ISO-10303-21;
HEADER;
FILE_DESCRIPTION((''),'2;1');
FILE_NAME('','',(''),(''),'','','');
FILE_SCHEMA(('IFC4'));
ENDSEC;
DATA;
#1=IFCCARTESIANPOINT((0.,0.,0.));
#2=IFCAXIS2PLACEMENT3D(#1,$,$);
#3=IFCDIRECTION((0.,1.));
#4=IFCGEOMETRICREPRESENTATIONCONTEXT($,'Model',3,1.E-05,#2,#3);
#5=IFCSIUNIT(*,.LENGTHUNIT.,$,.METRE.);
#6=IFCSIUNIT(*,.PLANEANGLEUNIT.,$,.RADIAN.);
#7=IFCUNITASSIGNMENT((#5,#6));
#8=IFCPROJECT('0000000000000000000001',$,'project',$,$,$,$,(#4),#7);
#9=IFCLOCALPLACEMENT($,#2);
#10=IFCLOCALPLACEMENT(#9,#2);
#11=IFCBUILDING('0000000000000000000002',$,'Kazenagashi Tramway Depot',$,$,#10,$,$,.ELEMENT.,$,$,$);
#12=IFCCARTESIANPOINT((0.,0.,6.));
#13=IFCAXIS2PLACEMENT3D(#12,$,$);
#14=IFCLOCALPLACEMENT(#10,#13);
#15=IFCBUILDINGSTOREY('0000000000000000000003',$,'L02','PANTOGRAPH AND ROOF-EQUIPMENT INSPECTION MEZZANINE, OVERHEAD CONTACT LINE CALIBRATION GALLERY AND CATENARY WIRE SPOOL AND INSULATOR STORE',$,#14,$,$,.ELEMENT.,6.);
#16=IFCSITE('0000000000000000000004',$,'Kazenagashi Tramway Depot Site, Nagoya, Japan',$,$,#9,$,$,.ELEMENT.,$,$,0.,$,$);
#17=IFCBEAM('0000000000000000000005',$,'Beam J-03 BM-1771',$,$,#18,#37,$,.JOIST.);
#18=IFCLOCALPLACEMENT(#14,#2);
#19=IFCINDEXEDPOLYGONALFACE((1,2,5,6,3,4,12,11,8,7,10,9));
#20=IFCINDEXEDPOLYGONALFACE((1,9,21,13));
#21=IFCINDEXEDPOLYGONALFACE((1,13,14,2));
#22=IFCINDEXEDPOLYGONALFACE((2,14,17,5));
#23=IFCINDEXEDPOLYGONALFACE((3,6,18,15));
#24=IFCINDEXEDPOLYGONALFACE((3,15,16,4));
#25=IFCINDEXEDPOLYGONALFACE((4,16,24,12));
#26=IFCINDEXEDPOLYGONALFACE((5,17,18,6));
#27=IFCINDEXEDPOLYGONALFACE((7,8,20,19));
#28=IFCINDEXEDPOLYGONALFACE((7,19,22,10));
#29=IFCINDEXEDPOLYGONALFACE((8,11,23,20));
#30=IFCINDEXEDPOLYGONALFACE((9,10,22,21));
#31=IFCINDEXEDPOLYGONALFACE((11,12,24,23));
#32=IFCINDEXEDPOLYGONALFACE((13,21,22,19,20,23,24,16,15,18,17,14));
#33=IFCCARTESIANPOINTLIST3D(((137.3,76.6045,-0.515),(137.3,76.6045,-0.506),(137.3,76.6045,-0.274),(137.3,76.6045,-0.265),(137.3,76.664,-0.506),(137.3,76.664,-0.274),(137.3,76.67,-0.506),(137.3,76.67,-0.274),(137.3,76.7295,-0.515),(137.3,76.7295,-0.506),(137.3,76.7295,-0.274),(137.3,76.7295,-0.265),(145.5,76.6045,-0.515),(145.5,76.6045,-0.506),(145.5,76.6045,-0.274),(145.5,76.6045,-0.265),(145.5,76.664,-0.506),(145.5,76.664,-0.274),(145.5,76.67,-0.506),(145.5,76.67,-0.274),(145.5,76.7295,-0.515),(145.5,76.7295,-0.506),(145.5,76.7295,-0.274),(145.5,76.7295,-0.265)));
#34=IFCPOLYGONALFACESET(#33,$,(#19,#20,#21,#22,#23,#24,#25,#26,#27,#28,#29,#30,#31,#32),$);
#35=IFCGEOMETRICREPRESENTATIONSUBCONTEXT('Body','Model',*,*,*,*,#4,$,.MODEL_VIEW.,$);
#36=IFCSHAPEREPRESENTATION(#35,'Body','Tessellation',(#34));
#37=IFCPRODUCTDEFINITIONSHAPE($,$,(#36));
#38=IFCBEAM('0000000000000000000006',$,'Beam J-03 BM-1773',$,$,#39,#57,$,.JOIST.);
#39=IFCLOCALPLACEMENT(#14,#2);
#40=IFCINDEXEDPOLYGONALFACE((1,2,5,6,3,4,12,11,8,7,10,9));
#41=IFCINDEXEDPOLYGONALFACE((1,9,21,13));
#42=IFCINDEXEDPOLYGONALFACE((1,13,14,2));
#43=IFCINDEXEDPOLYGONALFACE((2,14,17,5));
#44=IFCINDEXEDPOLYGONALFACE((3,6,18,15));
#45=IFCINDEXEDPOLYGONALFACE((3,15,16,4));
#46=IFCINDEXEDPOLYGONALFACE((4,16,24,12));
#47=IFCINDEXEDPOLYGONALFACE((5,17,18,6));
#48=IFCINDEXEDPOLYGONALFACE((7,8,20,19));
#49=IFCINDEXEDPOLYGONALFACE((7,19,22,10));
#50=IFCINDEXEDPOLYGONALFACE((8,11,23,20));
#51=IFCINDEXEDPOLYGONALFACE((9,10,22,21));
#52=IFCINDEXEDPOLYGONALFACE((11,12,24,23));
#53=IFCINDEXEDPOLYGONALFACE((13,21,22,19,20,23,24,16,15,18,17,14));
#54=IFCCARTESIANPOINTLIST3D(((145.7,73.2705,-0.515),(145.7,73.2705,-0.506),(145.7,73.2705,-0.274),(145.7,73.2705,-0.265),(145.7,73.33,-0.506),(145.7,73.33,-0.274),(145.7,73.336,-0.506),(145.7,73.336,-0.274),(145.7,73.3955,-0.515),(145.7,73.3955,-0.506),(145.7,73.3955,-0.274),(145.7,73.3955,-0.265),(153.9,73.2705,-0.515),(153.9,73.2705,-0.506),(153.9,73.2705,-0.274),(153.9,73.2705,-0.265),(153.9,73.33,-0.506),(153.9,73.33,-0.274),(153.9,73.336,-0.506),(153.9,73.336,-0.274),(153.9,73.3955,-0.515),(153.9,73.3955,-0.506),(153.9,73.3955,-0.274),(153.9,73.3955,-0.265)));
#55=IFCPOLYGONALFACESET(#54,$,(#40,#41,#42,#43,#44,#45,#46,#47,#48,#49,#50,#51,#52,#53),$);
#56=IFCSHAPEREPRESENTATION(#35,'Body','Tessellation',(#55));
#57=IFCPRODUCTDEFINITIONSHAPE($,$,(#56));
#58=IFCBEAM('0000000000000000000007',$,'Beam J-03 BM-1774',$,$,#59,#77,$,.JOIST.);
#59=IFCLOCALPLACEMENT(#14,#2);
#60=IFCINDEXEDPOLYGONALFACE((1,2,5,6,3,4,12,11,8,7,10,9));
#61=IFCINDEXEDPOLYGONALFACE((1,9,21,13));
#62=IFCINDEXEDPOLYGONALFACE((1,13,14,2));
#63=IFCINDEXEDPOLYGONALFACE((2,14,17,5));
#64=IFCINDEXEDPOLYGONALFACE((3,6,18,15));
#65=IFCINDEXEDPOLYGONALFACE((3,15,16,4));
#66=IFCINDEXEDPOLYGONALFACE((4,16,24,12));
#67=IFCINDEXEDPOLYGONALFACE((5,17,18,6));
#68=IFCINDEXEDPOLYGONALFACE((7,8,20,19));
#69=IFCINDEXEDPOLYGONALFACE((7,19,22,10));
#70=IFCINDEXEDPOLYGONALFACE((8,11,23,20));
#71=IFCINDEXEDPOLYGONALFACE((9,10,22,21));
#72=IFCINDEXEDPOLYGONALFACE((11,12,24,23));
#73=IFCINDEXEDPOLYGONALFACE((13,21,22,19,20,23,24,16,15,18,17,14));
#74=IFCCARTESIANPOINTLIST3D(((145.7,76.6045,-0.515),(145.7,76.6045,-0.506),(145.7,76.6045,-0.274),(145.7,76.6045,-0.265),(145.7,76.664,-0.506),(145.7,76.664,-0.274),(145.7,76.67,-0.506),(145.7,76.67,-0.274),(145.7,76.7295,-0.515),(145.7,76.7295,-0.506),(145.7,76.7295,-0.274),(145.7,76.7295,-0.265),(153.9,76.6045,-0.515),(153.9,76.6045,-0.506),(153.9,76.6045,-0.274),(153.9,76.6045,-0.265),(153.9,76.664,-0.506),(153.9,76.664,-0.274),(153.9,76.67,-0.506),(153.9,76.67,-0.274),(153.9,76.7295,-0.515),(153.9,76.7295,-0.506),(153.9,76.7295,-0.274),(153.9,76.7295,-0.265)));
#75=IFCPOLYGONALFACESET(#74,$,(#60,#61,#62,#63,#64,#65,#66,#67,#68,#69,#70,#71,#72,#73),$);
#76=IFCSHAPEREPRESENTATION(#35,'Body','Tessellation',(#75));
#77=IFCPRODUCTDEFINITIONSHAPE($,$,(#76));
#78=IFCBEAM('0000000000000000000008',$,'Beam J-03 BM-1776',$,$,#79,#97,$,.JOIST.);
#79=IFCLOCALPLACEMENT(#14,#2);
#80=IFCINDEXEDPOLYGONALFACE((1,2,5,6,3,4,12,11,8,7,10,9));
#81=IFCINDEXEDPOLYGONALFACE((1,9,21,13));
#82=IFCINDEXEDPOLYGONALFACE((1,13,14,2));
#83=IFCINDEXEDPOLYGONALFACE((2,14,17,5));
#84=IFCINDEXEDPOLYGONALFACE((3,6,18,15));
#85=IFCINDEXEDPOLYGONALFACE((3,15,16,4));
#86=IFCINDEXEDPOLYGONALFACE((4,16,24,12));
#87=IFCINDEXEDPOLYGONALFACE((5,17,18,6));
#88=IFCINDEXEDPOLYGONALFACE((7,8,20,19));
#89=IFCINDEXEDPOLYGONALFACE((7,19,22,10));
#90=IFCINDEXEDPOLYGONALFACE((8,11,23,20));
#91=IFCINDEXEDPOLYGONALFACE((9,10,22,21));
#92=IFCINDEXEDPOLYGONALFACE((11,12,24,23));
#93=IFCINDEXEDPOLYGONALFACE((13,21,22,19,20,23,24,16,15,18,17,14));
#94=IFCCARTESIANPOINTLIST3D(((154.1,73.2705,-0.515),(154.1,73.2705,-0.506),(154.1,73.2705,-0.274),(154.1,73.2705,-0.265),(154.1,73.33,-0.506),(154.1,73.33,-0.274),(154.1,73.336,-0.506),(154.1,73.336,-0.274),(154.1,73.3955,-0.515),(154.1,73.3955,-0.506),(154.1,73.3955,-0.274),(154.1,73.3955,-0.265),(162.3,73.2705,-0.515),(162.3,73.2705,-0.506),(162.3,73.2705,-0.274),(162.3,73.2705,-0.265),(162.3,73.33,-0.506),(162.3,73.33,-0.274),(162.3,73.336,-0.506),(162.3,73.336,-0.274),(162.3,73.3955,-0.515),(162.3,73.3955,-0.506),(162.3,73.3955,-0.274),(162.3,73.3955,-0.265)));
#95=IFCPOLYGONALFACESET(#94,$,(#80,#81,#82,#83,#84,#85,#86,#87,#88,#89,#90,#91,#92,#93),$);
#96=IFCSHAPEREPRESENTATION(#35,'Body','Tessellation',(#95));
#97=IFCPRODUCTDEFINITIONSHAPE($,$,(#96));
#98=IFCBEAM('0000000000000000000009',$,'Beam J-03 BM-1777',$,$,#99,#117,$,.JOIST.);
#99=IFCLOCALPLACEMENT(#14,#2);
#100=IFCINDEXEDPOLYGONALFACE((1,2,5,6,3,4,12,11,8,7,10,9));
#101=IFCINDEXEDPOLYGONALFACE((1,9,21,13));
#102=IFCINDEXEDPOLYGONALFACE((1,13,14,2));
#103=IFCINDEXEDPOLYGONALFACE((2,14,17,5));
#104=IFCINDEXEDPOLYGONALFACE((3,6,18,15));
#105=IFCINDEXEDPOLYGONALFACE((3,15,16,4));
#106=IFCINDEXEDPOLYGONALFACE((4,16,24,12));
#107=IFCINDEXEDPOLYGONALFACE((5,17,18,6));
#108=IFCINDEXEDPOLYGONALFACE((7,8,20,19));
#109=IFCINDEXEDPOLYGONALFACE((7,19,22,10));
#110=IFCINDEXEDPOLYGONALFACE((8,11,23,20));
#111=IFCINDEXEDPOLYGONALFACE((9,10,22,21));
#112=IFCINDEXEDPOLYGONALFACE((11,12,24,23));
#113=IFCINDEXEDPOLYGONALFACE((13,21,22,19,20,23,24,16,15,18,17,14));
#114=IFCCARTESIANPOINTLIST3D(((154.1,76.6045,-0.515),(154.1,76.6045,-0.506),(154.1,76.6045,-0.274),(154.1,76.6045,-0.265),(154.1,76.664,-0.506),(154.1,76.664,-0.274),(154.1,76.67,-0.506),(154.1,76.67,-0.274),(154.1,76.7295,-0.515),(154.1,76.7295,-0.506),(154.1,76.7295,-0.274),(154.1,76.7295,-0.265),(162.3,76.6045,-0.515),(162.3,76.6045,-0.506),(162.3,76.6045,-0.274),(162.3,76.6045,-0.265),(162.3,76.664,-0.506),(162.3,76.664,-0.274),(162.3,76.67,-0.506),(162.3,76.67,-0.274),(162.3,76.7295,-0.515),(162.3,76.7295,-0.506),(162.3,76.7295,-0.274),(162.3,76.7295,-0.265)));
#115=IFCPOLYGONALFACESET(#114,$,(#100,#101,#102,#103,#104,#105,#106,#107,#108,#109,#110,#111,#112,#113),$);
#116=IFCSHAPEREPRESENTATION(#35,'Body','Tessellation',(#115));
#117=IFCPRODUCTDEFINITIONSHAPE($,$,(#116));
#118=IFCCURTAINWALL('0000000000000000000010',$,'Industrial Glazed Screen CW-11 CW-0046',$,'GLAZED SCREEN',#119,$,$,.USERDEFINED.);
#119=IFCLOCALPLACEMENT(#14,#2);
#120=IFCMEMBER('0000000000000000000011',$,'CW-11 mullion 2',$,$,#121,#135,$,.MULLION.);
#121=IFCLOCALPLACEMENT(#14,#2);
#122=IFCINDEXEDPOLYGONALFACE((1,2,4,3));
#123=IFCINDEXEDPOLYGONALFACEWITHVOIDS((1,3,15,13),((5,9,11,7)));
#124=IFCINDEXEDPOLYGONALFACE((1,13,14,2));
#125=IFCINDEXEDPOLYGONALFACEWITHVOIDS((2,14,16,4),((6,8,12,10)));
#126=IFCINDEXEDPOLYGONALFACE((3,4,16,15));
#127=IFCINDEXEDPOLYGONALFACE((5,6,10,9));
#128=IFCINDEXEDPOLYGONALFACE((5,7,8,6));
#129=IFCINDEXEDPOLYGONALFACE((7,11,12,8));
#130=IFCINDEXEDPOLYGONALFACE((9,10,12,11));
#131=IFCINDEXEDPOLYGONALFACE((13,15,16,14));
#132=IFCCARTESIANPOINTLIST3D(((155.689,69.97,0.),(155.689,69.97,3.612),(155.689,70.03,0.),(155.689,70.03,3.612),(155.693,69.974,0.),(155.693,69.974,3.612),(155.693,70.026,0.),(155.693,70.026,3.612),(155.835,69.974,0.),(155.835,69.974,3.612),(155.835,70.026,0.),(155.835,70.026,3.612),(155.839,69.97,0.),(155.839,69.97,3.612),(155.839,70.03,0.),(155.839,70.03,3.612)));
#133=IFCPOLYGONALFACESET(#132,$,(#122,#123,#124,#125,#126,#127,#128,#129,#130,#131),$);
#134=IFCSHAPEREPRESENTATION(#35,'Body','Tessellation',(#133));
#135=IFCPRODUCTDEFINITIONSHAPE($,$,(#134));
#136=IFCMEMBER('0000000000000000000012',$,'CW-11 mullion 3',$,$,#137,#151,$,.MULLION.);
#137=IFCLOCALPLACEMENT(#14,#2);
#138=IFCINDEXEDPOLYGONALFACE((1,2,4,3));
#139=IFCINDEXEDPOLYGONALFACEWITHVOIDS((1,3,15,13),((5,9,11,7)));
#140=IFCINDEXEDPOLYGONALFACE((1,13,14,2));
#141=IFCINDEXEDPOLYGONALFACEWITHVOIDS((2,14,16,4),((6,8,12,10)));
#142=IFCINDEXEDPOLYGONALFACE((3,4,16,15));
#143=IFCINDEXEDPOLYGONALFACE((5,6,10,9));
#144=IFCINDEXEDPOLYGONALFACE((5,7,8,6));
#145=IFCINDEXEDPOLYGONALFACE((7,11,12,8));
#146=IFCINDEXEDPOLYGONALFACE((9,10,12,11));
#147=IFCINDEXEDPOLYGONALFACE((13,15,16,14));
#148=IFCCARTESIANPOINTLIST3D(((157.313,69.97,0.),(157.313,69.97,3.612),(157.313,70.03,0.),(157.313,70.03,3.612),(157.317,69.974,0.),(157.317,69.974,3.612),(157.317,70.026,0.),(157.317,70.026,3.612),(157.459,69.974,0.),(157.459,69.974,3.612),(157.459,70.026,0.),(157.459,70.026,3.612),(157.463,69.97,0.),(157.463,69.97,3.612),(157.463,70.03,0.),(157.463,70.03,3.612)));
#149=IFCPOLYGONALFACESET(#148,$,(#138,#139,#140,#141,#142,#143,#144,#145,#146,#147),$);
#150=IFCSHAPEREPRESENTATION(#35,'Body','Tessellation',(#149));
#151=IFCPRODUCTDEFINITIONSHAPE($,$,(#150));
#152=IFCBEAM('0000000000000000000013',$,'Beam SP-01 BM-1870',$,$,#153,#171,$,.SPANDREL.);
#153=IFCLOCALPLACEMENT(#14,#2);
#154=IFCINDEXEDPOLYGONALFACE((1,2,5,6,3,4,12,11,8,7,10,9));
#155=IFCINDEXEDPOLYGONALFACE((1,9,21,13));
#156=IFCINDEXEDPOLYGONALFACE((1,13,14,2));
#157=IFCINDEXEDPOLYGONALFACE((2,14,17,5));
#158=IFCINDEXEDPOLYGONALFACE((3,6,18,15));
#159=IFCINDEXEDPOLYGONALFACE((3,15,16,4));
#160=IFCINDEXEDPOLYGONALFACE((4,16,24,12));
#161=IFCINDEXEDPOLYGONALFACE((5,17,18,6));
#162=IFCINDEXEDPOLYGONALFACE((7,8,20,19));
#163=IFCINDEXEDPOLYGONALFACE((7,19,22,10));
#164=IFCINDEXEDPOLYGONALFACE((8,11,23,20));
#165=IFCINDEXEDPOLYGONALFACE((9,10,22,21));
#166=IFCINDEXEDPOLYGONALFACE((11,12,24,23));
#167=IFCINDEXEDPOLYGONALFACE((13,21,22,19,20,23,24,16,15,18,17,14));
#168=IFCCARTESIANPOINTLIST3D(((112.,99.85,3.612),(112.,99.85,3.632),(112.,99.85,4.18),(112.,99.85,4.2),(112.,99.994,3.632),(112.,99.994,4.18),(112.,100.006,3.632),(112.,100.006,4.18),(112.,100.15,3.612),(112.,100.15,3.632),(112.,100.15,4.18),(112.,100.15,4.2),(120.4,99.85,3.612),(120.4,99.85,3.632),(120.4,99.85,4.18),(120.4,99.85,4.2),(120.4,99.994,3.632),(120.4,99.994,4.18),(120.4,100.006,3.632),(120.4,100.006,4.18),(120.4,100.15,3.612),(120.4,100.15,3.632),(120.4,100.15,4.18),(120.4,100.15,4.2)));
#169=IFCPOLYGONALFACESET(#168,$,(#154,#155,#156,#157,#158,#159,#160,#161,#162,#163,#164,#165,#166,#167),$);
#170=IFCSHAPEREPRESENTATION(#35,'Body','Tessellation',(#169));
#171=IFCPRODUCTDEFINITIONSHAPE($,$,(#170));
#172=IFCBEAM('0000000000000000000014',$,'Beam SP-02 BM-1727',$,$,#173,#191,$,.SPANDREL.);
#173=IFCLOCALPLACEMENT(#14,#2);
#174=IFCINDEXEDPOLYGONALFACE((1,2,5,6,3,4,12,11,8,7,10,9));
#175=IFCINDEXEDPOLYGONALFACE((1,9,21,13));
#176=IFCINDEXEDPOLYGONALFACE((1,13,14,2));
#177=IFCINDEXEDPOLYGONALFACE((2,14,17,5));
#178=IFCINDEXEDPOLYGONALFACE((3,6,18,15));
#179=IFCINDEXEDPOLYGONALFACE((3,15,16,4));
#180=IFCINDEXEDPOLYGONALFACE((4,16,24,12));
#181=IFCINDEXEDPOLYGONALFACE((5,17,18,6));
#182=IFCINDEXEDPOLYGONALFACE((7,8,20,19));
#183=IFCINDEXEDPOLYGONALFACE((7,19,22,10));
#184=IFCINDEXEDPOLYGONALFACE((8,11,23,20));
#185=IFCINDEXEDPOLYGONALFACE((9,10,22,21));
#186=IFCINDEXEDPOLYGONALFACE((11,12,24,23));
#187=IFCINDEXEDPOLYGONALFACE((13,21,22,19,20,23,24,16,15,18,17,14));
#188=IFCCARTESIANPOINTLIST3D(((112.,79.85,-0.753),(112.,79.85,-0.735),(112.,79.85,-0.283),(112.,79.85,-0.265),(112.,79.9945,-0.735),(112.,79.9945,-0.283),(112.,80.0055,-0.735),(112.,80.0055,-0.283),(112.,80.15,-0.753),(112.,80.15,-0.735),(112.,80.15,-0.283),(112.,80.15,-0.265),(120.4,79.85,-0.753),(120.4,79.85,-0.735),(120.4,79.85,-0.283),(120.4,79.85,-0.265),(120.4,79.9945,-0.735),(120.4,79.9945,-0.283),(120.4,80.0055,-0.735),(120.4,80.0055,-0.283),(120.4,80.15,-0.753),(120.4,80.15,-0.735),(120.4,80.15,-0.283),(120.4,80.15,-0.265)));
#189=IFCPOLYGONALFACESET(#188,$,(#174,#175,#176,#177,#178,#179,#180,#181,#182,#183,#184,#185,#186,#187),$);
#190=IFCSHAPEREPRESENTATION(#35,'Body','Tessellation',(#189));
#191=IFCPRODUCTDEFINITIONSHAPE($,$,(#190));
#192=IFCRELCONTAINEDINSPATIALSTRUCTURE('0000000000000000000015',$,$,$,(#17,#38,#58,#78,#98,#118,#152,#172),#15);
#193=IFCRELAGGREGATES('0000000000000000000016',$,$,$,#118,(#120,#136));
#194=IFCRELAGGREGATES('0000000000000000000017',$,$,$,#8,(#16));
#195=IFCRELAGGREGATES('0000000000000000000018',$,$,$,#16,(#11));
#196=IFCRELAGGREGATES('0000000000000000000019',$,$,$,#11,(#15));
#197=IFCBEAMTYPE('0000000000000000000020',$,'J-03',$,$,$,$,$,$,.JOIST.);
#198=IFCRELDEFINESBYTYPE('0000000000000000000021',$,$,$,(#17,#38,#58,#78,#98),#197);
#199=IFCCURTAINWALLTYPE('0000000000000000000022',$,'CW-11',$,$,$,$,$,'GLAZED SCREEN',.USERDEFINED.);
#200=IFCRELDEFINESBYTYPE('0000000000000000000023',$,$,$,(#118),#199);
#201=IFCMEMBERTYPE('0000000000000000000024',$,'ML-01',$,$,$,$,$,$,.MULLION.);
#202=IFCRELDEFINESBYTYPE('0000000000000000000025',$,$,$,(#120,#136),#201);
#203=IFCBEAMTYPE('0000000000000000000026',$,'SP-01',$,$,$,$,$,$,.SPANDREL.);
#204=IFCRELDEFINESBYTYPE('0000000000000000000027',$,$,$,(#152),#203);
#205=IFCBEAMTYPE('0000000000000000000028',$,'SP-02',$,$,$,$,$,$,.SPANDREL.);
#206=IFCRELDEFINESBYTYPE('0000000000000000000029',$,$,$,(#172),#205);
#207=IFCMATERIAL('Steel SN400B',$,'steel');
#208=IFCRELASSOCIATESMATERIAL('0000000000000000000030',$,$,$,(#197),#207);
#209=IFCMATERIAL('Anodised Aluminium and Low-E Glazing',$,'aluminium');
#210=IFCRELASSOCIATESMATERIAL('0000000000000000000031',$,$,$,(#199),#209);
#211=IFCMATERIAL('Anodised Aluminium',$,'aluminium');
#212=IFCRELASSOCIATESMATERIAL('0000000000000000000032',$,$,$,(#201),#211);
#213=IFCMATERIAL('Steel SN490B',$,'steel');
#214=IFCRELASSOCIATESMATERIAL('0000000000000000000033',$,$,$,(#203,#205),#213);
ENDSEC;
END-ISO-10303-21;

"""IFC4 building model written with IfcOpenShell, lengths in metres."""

from ifc_helpers import new_model, si_unit, direction, frame, origin, origin_2d, place, context, subcontext, project, spatial, hollow_rectangle, i_section, extrude, material, material_profile, profile_set, type_object, element, aggregate, save


model = new_model("IFC4")

# Units and contexts
model_context = context("Model", 3, precision=1e-05, world=origin(), true_north=direction((0.0, 1.0)))
body_context = subcontext(model_context, "Body", "Model", "MODEL_VIEW")
ifc_project = project(units=[si_unit("LENGTHUNIT", "METRE"), si_unit("PLANEANGLEUNIT", "RADIAN")], contexts=[model_context])

# Site, building, storey
site_placement = place(None, origin())
site = spatial("IfcSite", under=ifc_project, at=site_placement, Name="Kazenagashi Tramway Depot Site, Nagoya, Japan", CompositionType="ELEMENT", RefElevation=0.0)
building_placement = place(site_placement, origin())
building = spatial("IfcBuilding", under=site, at=building_placement, Name="Kazenagashi Tramway Depot", CompositionType="ELEMENT")
storey_placement = place(building_placement, frame((0.0, 0.0, 6.0)))
storey = spatial("IfcBuildingStorey", under=building, at=storey_placement, Name="L02", Description="PANTOGRAPH AND ROOF-EQUIPMENT INSPECTION MEZZANINE, OVERHEAD CONTACT LINE CALIBRATION GALLERY AND CATENARY WIRE SPOOL AND INSULATOR STORE", CompositionType="ELEMENT", Elevation=6.0)

# Beams
ifc_material_1 = material(Name="Steel SN400B", Category="steel")
ifc_material_profile_1 = material_profile(ifc_material_1, i_section(OverallWidth=0.125, OverallDepth=0.25, WebThickness=0.006, FlangeThickness=0.009, at=origin_2d()), Name="H-250x125x6x9")
ifc_profile_set_1 = profile_set([ifc_material_profile_1], Name="Steel SN400B")
beam_type_1 = type_object("IfcBeamType", Name="J-03", PredefinedType="JOIST", material=ifc_profile_set_1)
for number, where, z_axis, x_axis, name in (
    (1, (137.3, 76.667, -0.39), (1.0, 0.0, 0.0), (0.0, 1.0, 0.0), "Beam J-03 BM-1771"),
    (2, (145.7, 73.333, -0.39), (1.0, 0.0, 0.0), (0.0, 1.0, 0.0), "Beam J-03 BM-1773"),
    (3, (145.7, 76.667, -0.39), (1.0, 0.0, 0.0), (0.0, 1.0, 0.0), "Beam J-03 BM-1774"),
    (4, (154.1, 73.333, -0.39), (1.0, 0.0, 0.0), (0.0, 1.0, 0.0), "Beam J-03 BM-1776"),
    (5, (154.1, 76.667, -0.39), (1.0, 0.0, 0.0), (0.0, 1.0, 0.0), "Beam J-03 BM-1777"),
):
    element("IfcBeam", number, at=place(storey_placement, frame(where, z_axis=z_axis, x_axis=x_axis)), inside=storey, type_object=beam_type_1, Name=name, PredefinedType="JOIST", context=body_context, shape_type="SweptSolid", body=[
        extrude(i_section(OverallWidth=0.125, OverallDepth=0.25, WebThickness=0.006, FlangeThickness=0.009, at=origin_2d()), origin(), (0.0, 0.0, 1.0), 8.2),
    ])

# Curtain wall, members
ifc_material_2 = material(Name="Anodised Aluminium and Low-E Glazing", Category="aluminium")
curtain_wall_type = type_object("IfcCurtainWallType", Name="CW-11", ElementType="GLAZED SCREEN", PredefinedType="USERDEFINED", material=ifc_material_2)
curtain_wall_placement = place(storey_placement, origin())
curtain_wall = element("IfcCurtainWall", 6, at=curtain_wall_placement, inside=storey, type_object=curtain_wall_type, Name="Industrial Glazed Screen CW-11 CW-0046", ObjectType="GLAZED SCREEN", PredefinedType="USERDEFINED")
ifc_material_3 = material(Name="Anodised Aluminium", Category="aluminium")
ifc_material_profile_2 = material_profile(ifc_material_3, hollow_rectangle(XDim=0.06, YDim=0.15, WallThickness=0.004, at=origin_2d()), Name="RHS-150x60x4")
ifc_profile_set_2 = profile_set([ifc_material_profile_2], Name="Anodised Aluminium")
member_type_1 = type_object("IfcMemberType", Name="ML-01", PredefinedType="MULLION", material=ifc_profile_set_2)
member_1_placement = place(storey_placement, frame((155.764, 70.0, 0.0), z_axis=(0.0, 0.0, 1.0), x_axis=(0.0, 1.0, 0.0)))
member_1 = element("IfcMember", 7, at=member_1_placement, type_object=member_type_1, Name="CW-11 mullion 2", PredefinedType="MULLION", context=body_context, shape_type="SweptSolid", body=[
    extrude(hollow_rectangle(XDim=0.06, YDim=0.15, WallThickness=0.004, at=origin_2d()), origin(), (0.0, 0.0, 1.0), 3.612),
])
member_2_placement = place(storey_placement, frame((157.388, 70.0, 0.0), z_axis=(0.0, 0.0, 1.0), x_axis=(0.0, 1.0, 0.0)))
member_2 = element("IfcMember", 8, at=member_2_placement, type_object=member_type_1, Name="CW-11 mullion 3", PredefinedType="MULLION", context=body_context, shape_type="SweptSolid", body=[
    extrude(hollow_rectangle(XDim=0.06, YDim=0.15, WallThickness=0.004, at=origin_2d()), origin(), (0.0, 0.0, 1.0), 3.612),
])

# Beams
ifc_material_4 = material(Name="Steel SN490B", Category="steel")
ifc_material_profile_3 = material_profile(ifc_material_4, i_section(OverallWidth=0.3, OverallDepth=0.588, WebThickness=0.012, FlangeThickness=0.02, at=origin_2d()), Name="H-588x300x12x20")
ifc_profile_set_3 = profile_set([ifc_material_profile_3], Name="Steel SN490B")
beam_type_2 = type_object("IfcBeamType", Name="SP-01", PredefinedType="SPANDREL", material=ifc_profile_set_3)
beam_placement = place(storey_placement, frame((112.0, 100.0, 3.906), z_axis=(1.0, 0.0, 0.0), x_axis=(0.0, 1.0, 0.0)))
element("IfcBeam", 9, at=beam_placement, inside=storey, type_object=beam_type_2, Name="Beam SP-01 BM-1870", PredefinedType="SPANDREL", context=body_context, shape_type="SweptSolid", body=[
    extrude(i_section(OverallWidth=0.3, OverallDepth=0.588, WebThickness=0.012, FlangeThickness=0.02, at=origin_2d()), origin(), (0.0, 0.0, 1.0), 8.4),
])
ifc_material_profile_4 = material_profile(ifc_material_4, i_section(OverallWidth=0.3, OverallDepth=0.488, WebThickness=0.011, FlangeThickness=0.018, at=origin_2d()), Name="H-488x300x11x18")
ifc_profile_set_4 = profile_set([ifc_material_profile_4], Name="Steel SN490B")
beam_type_3 = type_object("IfcBeamType", Name="SP-02", PredefinedType="SPANDREL", material=ifc_profile_set_4)
for number, where, z_axis, x_axis, name in (
    (10, (112.0, 80.0, -0.509), (1.0, 0.0, 0.0), (0.0, 1.0, 0.0), "Beam SP-02 BM-1727"),
):
    element("IfcBeam", number, at=place(storey_placement, frame(where, z_axis=z_axis, x_axis=x_axis)), inside=storey, type_object=beam_type_3, Name=name, PredefinedType="SPANDREL", context=body_context, shape_type="SweptSolid", body=[
        extrude(i_section(OverallWidth=0.3, OverallDepth=0.488, WebThickness=0.011, FlangeThickness=0.018, at=origin_2d()), origin(), (0.0, 0.0, 1.0), 8.4),
    ])

aggregate(curtain_wall, [member_1, member_2])

save(model, "model.ifc")
